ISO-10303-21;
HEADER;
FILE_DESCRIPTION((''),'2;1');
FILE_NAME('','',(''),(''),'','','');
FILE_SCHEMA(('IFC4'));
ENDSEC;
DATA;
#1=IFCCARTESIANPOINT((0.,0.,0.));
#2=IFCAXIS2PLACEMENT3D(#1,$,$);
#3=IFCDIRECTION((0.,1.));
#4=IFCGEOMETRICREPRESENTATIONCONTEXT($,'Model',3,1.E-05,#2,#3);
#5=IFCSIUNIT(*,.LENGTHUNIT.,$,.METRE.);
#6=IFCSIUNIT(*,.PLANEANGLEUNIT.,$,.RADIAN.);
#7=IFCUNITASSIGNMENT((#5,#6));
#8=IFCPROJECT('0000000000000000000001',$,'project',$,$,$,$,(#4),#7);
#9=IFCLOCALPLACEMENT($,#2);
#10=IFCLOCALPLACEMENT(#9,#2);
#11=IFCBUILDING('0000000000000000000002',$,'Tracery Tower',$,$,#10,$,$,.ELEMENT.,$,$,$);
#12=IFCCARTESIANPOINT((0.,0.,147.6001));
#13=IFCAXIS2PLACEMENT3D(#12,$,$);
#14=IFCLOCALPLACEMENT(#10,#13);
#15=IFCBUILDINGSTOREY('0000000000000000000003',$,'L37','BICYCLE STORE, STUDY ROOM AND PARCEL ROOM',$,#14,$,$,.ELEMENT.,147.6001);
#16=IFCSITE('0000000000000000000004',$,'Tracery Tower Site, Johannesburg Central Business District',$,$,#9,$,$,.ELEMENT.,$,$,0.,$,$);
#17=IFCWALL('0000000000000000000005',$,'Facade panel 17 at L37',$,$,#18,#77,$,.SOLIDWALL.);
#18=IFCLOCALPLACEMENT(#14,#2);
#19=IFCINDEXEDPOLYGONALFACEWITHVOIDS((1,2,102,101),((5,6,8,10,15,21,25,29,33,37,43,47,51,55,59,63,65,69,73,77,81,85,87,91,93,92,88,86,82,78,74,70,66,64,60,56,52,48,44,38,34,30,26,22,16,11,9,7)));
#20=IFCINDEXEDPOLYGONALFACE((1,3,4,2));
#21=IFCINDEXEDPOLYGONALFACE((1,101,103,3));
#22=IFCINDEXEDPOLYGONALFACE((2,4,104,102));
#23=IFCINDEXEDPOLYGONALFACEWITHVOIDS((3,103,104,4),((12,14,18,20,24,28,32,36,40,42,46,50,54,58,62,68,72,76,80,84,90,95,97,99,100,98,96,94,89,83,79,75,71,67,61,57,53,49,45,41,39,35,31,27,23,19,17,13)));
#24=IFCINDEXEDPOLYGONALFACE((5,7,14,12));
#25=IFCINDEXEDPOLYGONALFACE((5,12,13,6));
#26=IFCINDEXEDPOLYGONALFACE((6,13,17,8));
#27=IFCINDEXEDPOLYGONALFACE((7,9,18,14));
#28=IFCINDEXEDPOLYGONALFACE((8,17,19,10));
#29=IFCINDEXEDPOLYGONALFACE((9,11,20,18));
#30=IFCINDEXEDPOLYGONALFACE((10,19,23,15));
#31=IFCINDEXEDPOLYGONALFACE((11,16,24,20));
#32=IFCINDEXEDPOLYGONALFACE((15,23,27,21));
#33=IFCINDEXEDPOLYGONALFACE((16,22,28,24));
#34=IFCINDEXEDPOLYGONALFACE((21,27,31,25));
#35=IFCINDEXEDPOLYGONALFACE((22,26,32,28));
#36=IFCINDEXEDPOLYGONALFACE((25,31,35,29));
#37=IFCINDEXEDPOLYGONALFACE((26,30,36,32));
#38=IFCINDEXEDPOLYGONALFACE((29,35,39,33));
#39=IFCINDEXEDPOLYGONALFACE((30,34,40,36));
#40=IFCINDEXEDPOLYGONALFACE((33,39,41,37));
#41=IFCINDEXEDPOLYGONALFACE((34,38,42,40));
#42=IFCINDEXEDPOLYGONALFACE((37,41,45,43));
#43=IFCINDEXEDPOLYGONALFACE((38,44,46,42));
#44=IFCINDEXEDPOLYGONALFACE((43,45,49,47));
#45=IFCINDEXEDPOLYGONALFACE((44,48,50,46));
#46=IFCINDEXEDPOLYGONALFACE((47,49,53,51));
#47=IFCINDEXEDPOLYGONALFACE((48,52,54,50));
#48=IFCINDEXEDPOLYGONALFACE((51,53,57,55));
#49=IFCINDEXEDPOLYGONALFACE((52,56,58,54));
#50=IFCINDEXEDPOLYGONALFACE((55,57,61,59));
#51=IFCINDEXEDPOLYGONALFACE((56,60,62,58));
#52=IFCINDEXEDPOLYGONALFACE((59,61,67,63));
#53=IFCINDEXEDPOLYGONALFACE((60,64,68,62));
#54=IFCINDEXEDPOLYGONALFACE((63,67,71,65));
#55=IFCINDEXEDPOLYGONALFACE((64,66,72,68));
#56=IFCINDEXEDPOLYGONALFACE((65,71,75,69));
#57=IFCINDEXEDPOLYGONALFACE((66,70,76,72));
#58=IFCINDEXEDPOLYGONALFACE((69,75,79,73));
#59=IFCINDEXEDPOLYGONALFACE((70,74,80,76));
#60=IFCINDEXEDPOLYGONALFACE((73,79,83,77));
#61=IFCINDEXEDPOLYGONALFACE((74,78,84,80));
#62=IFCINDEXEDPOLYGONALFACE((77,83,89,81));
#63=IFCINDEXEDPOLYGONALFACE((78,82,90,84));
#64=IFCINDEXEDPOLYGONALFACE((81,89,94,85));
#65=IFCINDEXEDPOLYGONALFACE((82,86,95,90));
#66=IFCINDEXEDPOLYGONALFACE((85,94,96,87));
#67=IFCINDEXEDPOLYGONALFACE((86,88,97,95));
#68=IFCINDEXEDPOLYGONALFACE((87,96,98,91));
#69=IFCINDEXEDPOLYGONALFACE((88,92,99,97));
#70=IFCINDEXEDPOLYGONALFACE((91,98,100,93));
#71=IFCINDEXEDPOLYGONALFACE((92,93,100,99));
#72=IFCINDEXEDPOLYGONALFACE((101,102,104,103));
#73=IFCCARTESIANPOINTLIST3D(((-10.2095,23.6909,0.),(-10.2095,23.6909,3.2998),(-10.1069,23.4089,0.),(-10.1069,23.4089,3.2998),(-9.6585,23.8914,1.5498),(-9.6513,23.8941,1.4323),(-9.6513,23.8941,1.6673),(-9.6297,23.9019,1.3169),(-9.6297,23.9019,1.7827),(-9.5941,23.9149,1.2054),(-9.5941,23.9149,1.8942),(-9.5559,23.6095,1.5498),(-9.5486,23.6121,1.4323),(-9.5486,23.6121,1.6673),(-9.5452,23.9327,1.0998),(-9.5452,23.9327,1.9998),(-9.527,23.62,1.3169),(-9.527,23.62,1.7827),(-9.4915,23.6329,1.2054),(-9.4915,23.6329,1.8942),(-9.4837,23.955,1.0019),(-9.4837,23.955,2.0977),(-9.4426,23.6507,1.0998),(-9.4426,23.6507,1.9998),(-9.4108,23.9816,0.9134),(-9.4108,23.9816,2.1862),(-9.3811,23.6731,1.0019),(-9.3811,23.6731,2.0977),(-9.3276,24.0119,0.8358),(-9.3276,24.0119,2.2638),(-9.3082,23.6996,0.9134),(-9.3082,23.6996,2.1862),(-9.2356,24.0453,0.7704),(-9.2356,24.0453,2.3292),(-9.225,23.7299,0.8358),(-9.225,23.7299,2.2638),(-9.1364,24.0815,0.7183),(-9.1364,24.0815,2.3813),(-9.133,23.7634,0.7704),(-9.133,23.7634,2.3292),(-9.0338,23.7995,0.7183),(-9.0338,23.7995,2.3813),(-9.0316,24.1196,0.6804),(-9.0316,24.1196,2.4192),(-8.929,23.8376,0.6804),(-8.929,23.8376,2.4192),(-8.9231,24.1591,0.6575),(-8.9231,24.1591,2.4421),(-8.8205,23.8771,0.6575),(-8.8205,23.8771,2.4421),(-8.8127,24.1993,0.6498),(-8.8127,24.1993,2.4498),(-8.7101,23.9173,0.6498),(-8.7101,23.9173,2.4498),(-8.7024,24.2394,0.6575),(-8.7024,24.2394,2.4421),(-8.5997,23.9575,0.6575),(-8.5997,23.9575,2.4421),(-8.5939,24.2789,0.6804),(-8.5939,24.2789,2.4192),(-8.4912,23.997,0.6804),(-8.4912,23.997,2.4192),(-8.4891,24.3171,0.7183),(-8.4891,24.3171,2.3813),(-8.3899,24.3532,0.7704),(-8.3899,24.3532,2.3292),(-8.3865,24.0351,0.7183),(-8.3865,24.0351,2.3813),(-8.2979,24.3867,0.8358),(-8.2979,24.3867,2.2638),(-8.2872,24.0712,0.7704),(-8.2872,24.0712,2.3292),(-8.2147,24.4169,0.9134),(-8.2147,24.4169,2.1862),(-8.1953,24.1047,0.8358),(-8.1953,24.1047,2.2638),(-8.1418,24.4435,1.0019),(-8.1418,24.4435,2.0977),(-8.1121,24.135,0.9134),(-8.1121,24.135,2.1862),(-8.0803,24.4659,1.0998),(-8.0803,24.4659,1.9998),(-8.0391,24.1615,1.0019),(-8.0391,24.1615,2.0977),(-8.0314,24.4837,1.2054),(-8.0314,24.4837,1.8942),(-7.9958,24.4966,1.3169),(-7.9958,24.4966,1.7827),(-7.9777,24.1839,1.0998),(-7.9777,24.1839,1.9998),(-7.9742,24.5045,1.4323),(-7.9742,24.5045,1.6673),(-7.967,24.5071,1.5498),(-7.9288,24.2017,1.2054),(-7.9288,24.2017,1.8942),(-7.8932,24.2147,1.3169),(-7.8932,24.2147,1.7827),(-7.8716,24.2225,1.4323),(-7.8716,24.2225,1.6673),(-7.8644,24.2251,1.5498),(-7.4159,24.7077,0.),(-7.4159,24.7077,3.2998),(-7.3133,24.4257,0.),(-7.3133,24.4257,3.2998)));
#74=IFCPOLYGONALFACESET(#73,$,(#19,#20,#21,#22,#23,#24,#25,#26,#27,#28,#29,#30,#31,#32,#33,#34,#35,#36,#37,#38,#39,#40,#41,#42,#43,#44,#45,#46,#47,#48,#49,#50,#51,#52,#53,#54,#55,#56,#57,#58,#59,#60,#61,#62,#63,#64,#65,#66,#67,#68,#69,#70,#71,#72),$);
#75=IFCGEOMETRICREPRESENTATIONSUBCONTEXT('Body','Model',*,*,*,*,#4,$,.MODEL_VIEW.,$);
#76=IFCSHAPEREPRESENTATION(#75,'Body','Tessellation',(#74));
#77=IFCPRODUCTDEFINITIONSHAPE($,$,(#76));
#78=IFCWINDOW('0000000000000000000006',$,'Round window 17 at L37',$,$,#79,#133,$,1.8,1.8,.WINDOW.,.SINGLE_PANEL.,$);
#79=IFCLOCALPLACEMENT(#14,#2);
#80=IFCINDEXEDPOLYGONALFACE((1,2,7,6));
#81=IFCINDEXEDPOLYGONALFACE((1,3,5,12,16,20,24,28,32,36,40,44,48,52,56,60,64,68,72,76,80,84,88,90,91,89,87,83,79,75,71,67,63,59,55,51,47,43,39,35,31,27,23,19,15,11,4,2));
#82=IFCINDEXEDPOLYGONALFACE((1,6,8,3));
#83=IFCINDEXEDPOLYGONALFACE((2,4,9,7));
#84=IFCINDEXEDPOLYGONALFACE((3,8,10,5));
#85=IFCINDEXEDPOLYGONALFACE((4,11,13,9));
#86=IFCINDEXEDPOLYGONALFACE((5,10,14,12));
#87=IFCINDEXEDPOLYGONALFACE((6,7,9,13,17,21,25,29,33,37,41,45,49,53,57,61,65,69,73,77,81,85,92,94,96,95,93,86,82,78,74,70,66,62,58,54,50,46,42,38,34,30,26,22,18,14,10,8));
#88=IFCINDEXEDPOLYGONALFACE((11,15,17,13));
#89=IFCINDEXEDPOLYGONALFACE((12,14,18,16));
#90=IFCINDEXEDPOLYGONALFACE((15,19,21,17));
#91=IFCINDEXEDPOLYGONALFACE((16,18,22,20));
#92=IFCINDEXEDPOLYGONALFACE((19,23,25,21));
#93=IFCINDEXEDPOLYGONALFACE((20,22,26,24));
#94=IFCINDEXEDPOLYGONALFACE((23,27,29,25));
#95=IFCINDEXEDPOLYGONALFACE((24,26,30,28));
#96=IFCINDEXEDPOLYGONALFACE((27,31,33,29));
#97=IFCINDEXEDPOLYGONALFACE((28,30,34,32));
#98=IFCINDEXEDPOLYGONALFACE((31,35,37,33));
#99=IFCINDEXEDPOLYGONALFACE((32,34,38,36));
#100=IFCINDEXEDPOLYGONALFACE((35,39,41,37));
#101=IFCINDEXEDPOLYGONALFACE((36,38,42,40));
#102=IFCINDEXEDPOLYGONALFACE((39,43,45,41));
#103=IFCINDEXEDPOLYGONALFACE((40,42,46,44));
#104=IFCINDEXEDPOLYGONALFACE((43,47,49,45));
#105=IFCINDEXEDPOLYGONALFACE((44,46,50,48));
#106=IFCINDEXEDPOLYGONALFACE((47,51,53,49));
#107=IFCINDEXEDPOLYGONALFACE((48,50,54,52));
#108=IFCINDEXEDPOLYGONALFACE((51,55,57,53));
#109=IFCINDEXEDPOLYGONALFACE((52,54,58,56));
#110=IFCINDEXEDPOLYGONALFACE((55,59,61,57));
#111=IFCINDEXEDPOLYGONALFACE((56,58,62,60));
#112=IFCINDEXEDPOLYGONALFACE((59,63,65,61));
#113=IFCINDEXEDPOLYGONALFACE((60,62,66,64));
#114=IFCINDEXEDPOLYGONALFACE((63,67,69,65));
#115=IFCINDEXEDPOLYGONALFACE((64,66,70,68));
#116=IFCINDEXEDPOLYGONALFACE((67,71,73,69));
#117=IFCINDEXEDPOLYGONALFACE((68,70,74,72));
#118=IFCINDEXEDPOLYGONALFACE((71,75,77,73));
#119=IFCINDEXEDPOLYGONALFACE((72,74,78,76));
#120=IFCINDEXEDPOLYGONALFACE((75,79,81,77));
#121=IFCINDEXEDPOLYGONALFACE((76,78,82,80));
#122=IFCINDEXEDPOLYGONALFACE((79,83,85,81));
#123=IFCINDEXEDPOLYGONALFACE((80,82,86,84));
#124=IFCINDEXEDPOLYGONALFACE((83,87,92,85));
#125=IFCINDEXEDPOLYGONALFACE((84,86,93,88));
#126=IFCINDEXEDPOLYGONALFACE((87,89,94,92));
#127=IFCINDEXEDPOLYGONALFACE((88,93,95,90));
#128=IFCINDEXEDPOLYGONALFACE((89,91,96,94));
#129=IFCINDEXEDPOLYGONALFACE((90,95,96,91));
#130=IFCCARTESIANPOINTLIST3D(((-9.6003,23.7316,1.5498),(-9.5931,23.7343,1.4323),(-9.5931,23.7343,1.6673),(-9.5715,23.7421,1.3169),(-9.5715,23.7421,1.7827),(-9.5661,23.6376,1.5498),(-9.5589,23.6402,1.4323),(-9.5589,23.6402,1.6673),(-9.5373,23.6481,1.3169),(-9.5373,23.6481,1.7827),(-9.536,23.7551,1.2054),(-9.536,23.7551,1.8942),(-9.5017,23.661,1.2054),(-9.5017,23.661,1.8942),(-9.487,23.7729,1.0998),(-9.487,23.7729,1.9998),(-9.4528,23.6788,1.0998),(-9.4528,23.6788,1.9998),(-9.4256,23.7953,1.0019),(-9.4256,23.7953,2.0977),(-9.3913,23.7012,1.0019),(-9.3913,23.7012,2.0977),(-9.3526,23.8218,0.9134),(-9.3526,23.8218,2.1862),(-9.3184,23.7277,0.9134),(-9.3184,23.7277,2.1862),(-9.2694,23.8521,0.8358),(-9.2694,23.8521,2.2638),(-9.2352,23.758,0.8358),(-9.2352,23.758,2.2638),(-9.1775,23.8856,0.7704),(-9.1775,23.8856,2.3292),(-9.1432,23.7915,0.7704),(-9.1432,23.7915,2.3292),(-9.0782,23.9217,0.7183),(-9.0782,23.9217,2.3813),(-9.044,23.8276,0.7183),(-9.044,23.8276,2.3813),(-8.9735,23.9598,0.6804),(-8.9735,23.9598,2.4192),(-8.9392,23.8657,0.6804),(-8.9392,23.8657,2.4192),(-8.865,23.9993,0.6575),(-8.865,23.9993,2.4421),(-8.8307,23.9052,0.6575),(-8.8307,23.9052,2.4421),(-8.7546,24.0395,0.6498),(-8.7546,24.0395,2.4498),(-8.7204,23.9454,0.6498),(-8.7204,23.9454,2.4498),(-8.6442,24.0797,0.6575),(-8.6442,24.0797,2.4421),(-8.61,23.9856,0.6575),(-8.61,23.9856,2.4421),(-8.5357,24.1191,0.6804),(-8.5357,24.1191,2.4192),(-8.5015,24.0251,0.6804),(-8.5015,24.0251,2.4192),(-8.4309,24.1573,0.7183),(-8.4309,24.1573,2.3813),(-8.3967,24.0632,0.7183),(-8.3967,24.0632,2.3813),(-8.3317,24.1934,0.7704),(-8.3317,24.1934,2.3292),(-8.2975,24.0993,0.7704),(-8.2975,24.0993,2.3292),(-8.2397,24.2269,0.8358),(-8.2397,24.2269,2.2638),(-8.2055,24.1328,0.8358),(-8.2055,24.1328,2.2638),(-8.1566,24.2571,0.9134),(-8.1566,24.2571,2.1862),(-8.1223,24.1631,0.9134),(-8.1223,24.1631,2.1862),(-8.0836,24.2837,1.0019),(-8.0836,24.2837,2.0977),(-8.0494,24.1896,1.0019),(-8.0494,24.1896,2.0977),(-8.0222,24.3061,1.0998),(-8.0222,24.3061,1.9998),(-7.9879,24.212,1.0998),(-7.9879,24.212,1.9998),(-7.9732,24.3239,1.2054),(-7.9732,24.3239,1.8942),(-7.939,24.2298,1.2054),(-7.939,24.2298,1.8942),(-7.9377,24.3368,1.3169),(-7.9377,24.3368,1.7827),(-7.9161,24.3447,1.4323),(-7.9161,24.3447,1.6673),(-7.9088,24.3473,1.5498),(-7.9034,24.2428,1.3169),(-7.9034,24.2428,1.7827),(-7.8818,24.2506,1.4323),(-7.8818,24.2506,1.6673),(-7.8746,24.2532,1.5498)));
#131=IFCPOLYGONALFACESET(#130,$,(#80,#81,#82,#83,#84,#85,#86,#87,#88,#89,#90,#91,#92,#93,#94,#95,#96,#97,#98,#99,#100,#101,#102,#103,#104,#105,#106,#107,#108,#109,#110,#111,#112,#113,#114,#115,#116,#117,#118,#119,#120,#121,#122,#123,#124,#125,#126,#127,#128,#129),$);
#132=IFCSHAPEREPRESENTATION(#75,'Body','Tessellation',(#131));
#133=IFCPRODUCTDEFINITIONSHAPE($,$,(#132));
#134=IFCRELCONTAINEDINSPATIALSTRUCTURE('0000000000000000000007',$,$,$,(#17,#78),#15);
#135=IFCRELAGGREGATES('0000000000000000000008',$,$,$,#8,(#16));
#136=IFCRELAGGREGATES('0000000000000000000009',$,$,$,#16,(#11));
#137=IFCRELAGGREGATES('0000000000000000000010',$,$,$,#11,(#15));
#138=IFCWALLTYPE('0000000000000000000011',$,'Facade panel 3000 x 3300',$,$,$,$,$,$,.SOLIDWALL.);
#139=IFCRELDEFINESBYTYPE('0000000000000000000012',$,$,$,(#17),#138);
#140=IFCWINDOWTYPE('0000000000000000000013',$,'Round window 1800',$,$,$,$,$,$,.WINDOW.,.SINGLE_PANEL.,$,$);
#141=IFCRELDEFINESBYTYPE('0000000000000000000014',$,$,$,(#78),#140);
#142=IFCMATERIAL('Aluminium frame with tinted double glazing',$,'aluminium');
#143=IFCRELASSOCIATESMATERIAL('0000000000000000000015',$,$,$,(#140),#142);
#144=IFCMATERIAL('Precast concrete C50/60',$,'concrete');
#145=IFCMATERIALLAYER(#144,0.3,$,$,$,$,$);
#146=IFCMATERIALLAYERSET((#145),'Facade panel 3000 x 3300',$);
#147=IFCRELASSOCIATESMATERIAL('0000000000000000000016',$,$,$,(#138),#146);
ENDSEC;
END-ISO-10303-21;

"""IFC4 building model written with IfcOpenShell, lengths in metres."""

from ifc_helpers import new_model, si_unit, direction, frame, frame_2d, origin, origin_2d, place, context, subcontext, project, spatial, rectangle, circle, extrude, material, layer, layer_set, type_object, element, fill, save


model = new_model("IFC4")

# Units and contexts
model_context = context("Model", 3, precision=1e-05, world=origin(), true_north=direction((0.0, 1.0)))
body_context = subcontext(model_context, "Body", "Model", "MODEL_VIEW")
ifc_project = project(units=[si_unit("LENGTHUNIT", "METRE"), si_unit("PLANEANGLEUNIT", "RADIAN")], contexts=[model_context])

# Site, building, storey
site_placement = place(None, origin())
site = spatial("IfcSite", under=ifc_project, at=site_placement, Name="Tracery Tower Site, Johannesburg Central Business District", CompositionType="ELEMENT", RefElevation=0.0)
building_placement = place(site_placement, origin())
building = spatial("IfcBuilding", under=site, at=building_placement, Name="Tracery Tower", CompositionType="ELEMENT")
storey_placement = place(building_placement, frame((0.0, 0.0, 147.6001)))
storey = spatial("IfcBuildingStorey", under=building, at=storey_placement, Name="L37", Description="BICYCLE STORE, STUDY ROOM AND PARCEL ROOM", CompositionType="ELEMENT", Elevation=147.6001)

# Wall, opening, window
ifc_material_1 = material(Name="Aluminium frame with tinted double glazing", Category="aluminium")
window_type = type_object("IfcWindowType", Name="Round window 1800", PartitioningType="SINGLE_PANEL", PredefinedType="WINDOW", material=ifc_material_1)
ifc_material_2 = material(Name="Precast concrete C50/60", Category="concrete")
ifc_layer_1 = layer(ifc_material_2, 0.3)
ifc_layer_set_1 = layer_set([ifc_layer_1], Name="Facade panel 3000 x 3300")
wall_type_1 = type_object("IfcWallType", Name="Facade panel 3000 x 3300", PredefinedType="SOLIDWALL", material=ifc_layer_set_1)
wall_1_placement = place(storey_placement, frame((-7.3647, 24.5667, 0.0), z_axis=(0.0, 0.0, 1.0), x_axis=(-0.93969, -0.342027, 0.0)))
wall_1 = element("IfcWall", 1, at=wall_1_placement, inside=storey, type_object=wall_type_1, Name="Facade panel 17 at L37", PredefinedType="SOLIDWALL", context=body_context, shape_type="SweptSolid", body=[
    extrude(rectangle(XDim=2.9729, YDim=0.3, at=frame_2d((1.4863, 0.0))), origin(), (0.0, 0.0, 1.0), 3.2998),
])
opening_1_placement = place(wall_1_placement, frame((1.4863, 0.0, 1.5498)))
opening_1 = element("IfcOpeningElement", 2, at=opening_1_placement, cuts=wall_1, PredefinedType="OPENING", context=body_context, shape_type="SweptSolid", body=[
    extrude(circle(Radius=0.9, at=origin_2d()), frame((0.0, 0.1599, 0.0), z_axis=(0.0, -1.0, 0.0), x_axis=(1.0, 0.0, 0.0)), (0.0, 0.0, 1.0), 0.3201),
])
window_1_placement = place(opening_1_placement, origin())
window_1 = element("IfcWindow", 3, at=window_1_placement, inside=storey, type_object=window_type, Name="Round window 17 at L37", OverallHeight=1.8, OverallWidth=1.8, PartitioningType="SINGLE_PANEL", PredefinedType="WINDOW", context=body_context, shape_type="SweptSolid", body=[
    extrude(circle(Radius=0.9, at=origin_2d()), frame((0.0, 0.1201, 0.0), z_axis=(0.0, -1.0, 0.0), x_axis=(1.0, 0.0, 0.0)), (0.0, 0.0, 1.0), 0.1001),
])
fill(opening_1, window_1)

save(model, "model.ifc")
